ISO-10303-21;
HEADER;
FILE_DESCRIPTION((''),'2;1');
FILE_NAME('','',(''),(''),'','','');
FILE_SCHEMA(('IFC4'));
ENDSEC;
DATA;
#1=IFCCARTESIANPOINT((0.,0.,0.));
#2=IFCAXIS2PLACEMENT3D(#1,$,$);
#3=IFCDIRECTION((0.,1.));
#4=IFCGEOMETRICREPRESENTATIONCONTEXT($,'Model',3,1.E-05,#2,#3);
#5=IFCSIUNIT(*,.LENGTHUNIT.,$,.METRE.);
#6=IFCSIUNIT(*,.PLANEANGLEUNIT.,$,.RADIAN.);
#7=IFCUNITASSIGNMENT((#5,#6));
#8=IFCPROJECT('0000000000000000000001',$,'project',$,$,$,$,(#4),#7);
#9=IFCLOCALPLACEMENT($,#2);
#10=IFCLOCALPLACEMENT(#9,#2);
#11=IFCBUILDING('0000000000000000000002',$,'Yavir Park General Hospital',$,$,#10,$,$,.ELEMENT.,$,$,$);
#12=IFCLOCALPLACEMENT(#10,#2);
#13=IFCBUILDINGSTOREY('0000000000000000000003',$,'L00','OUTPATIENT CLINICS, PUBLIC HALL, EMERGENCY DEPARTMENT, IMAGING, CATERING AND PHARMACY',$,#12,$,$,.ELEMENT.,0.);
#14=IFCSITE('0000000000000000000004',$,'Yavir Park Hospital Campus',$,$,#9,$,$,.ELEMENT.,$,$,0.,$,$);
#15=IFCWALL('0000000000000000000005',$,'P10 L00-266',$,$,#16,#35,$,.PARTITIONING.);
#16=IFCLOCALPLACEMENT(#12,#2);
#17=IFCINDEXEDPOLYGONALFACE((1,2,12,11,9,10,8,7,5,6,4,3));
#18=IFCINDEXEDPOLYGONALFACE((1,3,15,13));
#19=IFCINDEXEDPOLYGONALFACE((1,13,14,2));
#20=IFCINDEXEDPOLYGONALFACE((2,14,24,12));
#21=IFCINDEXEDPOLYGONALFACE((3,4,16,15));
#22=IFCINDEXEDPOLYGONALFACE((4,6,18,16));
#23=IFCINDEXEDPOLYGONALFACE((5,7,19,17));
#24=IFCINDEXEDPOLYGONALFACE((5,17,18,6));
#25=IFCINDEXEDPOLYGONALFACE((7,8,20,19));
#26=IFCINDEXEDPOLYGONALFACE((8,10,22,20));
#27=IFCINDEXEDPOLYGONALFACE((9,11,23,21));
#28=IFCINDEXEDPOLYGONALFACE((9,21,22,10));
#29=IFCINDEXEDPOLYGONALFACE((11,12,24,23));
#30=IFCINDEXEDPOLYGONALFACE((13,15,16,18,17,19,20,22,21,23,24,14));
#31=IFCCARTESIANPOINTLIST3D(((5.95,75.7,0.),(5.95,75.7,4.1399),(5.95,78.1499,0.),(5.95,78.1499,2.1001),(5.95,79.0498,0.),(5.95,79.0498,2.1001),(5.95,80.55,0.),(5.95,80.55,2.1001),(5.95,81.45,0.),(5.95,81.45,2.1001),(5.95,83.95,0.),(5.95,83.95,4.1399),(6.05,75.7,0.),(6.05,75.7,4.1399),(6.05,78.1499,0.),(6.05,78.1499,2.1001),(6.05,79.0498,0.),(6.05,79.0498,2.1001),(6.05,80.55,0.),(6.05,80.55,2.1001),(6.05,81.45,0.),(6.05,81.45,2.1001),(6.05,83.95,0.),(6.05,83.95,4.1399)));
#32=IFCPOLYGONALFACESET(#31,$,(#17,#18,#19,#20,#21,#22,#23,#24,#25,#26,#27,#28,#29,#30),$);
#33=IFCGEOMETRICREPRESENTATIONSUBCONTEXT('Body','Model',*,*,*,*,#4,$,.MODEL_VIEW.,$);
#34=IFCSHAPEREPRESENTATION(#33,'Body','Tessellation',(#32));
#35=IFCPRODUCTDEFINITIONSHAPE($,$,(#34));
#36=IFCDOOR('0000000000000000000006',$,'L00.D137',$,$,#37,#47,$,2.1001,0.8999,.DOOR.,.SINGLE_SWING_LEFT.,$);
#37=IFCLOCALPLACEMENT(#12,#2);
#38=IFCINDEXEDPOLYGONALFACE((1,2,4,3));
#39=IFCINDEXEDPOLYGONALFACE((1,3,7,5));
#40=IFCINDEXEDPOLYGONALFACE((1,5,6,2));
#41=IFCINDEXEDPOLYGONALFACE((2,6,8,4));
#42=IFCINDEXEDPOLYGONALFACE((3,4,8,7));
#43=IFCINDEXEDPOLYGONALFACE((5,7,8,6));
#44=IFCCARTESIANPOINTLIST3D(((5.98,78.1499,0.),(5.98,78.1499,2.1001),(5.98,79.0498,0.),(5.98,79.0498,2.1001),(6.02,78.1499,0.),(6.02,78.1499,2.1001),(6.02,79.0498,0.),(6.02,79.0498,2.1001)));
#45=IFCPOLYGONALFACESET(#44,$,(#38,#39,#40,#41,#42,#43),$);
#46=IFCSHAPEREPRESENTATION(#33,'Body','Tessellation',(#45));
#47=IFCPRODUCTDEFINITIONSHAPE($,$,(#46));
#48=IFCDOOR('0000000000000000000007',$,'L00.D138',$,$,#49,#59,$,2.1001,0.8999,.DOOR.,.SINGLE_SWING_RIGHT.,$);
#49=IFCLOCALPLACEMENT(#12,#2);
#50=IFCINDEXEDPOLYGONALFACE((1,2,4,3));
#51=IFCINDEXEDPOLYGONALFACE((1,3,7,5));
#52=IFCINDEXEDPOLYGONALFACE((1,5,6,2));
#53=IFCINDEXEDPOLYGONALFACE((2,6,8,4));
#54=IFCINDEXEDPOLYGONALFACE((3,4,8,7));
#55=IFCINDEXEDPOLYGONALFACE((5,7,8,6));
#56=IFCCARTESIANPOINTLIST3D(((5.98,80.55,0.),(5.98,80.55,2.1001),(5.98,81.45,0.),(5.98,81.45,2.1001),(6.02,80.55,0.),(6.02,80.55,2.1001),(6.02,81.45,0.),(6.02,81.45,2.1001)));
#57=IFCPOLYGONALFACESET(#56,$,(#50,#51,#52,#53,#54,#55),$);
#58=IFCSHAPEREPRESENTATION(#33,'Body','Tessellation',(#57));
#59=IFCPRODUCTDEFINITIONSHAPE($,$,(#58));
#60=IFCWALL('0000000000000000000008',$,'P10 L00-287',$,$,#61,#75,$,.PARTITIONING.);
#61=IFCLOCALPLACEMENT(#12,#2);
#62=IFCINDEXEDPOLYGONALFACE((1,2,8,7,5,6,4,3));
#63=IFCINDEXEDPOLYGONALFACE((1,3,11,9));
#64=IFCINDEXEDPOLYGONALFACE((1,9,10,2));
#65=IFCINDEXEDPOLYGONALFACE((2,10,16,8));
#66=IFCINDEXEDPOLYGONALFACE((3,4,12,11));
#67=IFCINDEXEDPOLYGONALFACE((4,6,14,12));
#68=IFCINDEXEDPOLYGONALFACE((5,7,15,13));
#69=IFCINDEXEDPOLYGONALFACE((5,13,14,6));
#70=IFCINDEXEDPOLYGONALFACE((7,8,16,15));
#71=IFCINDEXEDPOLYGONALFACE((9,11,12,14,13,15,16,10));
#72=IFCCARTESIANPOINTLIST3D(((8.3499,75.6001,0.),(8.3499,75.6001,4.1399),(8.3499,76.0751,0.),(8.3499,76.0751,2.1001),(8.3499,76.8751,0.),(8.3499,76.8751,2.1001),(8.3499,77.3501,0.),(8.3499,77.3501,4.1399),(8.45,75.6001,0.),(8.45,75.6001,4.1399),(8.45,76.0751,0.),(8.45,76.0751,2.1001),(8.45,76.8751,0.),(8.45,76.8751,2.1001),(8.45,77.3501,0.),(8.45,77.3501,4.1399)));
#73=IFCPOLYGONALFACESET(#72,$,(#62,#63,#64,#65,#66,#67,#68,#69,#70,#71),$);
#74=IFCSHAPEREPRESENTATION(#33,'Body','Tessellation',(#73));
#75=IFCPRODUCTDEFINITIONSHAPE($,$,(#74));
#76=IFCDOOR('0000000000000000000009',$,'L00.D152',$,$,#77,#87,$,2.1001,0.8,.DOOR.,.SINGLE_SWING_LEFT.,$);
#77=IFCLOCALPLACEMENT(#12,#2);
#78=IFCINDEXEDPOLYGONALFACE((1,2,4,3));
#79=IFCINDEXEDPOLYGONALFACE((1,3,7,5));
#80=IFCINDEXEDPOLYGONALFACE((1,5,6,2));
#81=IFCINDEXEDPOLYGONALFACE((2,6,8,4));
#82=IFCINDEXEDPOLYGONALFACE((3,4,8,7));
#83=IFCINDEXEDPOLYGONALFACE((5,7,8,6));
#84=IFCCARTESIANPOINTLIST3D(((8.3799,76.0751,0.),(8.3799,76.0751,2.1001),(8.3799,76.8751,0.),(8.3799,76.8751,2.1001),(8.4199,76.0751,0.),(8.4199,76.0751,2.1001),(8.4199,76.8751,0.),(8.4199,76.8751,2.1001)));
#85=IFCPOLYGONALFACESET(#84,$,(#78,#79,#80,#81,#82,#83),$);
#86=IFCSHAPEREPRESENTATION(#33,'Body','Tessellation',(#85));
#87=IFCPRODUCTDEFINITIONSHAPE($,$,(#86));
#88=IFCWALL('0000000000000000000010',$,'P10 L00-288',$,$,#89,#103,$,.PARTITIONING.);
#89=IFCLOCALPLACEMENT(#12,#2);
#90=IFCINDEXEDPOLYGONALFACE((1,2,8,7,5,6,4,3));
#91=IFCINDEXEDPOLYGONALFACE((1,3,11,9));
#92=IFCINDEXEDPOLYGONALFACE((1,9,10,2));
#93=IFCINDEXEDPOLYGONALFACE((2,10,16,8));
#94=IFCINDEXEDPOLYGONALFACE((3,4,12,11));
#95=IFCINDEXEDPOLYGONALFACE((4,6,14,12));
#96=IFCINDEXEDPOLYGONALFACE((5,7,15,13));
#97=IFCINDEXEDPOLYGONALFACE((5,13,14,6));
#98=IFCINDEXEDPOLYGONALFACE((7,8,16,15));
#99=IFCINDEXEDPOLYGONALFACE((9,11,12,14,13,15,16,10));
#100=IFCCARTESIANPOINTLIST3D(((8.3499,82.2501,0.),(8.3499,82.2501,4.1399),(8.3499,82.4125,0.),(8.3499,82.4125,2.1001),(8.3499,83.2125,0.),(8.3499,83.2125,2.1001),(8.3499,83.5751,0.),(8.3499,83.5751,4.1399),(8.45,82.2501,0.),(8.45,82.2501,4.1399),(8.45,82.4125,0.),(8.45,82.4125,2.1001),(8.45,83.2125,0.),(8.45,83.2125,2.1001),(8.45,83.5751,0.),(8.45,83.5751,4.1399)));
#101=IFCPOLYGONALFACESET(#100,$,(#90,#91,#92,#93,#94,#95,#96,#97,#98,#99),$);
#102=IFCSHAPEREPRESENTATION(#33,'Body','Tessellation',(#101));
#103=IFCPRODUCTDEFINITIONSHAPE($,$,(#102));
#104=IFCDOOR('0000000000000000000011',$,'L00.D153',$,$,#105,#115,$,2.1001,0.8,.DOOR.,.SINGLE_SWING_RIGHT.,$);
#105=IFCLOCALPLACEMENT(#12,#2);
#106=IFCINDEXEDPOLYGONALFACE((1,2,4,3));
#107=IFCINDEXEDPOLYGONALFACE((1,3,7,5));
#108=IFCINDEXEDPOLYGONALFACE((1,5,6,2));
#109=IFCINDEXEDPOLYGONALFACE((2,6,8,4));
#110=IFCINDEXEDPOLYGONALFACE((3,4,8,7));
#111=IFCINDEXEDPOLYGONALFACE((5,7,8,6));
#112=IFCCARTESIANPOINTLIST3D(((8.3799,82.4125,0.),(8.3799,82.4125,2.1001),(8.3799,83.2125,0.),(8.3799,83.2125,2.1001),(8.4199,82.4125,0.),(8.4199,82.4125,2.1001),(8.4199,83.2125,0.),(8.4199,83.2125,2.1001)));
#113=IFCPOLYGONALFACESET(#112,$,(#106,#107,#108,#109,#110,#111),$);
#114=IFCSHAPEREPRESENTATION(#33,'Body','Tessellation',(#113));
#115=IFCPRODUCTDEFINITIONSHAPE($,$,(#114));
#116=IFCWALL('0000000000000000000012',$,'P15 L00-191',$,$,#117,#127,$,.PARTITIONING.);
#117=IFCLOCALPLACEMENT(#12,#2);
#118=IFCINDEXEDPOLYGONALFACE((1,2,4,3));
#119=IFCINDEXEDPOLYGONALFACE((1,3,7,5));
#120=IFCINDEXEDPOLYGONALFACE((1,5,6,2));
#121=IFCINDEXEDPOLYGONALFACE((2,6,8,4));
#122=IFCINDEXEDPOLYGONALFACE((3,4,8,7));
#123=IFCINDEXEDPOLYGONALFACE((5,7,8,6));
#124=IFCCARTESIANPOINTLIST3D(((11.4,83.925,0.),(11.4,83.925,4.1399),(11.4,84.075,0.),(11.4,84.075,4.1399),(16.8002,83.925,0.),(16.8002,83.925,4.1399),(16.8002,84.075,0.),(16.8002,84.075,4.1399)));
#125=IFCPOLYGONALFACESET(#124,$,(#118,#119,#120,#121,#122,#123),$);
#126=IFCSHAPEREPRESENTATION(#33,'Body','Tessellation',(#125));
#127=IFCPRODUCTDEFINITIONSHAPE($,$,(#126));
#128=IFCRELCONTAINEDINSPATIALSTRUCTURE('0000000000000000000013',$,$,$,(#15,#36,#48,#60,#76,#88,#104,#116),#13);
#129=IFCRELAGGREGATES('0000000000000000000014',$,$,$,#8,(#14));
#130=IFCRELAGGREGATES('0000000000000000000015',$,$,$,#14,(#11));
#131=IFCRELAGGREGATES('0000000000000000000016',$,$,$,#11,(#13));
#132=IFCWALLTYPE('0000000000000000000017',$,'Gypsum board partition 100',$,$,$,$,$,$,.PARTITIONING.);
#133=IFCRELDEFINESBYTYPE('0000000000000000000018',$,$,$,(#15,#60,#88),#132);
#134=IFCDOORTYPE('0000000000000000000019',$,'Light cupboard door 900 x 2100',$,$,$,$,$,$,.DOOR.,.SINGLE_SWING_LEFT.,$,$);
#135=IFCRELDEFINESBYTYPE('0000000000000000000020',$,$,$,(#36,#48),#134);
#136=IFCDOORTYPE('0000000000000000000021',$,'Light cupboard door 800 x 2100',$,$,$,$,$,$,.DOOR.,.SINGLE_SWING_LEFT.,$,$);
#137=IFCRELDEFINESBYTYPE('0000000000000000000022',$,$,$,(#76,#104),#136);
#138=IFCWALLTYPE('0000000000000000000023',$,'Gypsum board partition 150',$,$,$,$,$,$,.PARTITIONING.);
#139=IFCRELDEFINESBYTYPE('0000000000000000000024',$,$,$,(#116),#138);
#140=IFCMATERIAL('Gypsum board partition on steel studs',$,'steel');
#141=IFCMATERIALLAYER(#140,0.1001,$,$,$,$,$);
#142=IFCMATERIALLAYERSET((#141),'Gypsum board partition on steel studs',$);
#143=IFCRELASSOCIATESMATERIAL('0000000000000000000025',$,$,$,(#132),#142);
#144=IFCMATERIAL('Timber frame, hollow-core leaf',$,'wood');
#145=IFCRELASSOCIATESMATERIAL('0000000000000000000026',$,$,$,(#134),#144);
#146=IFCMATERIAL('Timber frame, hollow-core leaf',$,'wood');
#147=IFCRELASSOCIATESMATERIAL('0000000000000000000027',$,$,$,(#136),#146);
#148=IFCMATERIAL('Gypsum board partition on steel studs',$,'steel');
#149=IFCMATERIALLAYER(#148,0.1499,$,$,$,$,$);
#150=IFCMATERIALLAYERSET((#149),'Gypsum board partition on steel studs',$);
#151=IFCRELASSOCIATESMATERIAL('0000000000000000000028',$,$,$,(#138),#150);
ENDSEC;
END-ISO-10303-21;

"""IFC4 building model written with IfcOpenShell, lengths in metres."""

from ifc_helpers import new_model, si_unit, direction, frame, frame_2d, origin, place, context, subcontext, project, spatial, rectangle, extrude, material, layer, layer_set, type_object, element, fill, save


model = new_model("IFC4")

# Units and contexts
model_context = context("Model", 3, precision=1e-05, world=origin(), true_north=direction((0.0, 1.0)))
body_context = subcontext(model_context, "Body", "Model", "MODEL_VIEW")
ifc_project = project(units=[si_unit("LENGTHUNIT", "METRE"), si_unit("PLANEANGLEUNIT", "RADIAN")], contexts=[model_context])

# Site, building, storey
site_placement = place(None, origin())
site = spatial("IfcSite", under=ifc_project, at=site_placement, Name="Yavir Park Hospital Campus", CompositionType="ELEMENT", RefElevation=0.0)
building_placement = place(site_placement, origin())
building = spatial("IfcBuilding", under=site, at=building_placement, Name="Yavir Park General Hospital", CompositionType="ELEMENT")
storey_placement = place(building_placement, origin())
storey = spatial("IfcBuildingStorey", under=building, at=storey_placement, Name="L00", Description="OUTPATIENT CLINICS, PUBLIC HALL, EMERGENCY DEPARTMENT, IMAGING, CATERING AND PHARMACY", CompositionType="ELEMENT", Elevation=0.0)

# Shared definitions
ifc_material_1 = material(Name="Gypsum board partition on steel studs", Category="steel")
ifc_layer_1 = layer(ifc_material_1, 0.1001)
ifc_layer_set_1 = layer_set([ifc_layer_1], Name="Gypsum board partition on steel studs")
wall_type_1 = type_object("IfcWallType", Name="Gypsum board partition 100", PredefinedType="PARTITIONING", material=ifc_layer_set_1)

# Wall, openings, doors
wall_1_placement = place(storey_placement, frame((6.0, 75.7, 0.0), z_axis=(0.0, 0.0, 1.0), x_axis=(0.0, 1.0, 0.0)))
wall_1 = element("IfcWall", 1, at=wall_1_placement, inside=storey, type_object=wall_type_1, Name="P10 L00-266", PredefinedType="PARTITIONING", context=body_context, shape_type="SweptSolid", body=[
    extrude(rectangle(XDim=8.25, YDim=0.1001, at=frame_2d((4.125, 0.0))), origin(), (0.0, 0.0, 1.0), 4.1399),
])
opening_1_placement = place(wall_1_placement, frame((2.45, 0.0, 0.0)))
opening_1 = element("IfcOpeningElement", 2, at=opening_1_placement, cuts=wall_1, PredefinedType="OPENING", context=body_context, shape_type="SweptSolid", body=[
    extrude(rectangle(XDim=0.8999, YDim=2.1001, at=frame_2d((0.45, 1.05))), frame((0.0, 0.0601, 0.0), z_axis=(0.0, -1.0, 0.0), x_axis=(1.0, 0.0, 0.0)), (0.0, 0.0, 1.0), 0.1201),
])
opening_2_placement = place(wall_1_placement, frame((4.8501, 0.0, 0.0)))
opening_2 = element("IfcOpeningElement", 3, at=opening_2_placement, cuts=wall_1, PredefinedType="OPENING", context=body_context, shape_type="SweptSolid", body=[
    extrude(rectangle(XDim=0.8999, YDim=2.1001, at=frame_2d((0.45, 1.05))), frame((0.0, 0.0601, 0.0), z_axis=(0.0, -1.0, 0.0), x_axis=(1.0, 0.0, 0.0)), (0.0, 0.0, 1.0), 0.1201),
])
ifc_material_2 = material(Name="Timber frame, hollow-core leaf", Category="wood")
door_type_1 = type_object("IfcDoorType", Name="Light cupboard door 900 x 2100", OperationType="SINGLE_SWING_LEFT", PredefinedType="DOOR", material=ifc_material_2)
door_1_placement = place(opening_1_placement, origin())
door_1 = element("IfcDoor", 4, at=door_1_placement, inside=storey, type_object=door_type_1, Name="L00.D137", OperationType="SINGLE_SWING_LEFT", OverallHeight=2.1001, OverallWidth=0.8999, PredefinedType="DOOR", context=body_context, shape_type="SweptSolid", body=[
    extrude(rectangle(XDim=0.8999, YDim=2.1001, at=frame_2d((0.45, 1.05))), frame((0.0, 0.02, 0.0), z_axis=(0.0, -1.0, 0.0), x_axis=(1.0, 0.0, 0.0)), (0.0, 0.0, 1.0), 0.04),
])
fill(opening_1, door_1)
door_2_placement = place(opening_2_placement, origin())
door_2 = element("IfcDoor", 5, at=door_2_placement, inside=storey, type_object=door_type_1, Name="L00.D138", OperationType="SINGLE_SWING_RIGHT", OverallHeight=2.1001, OverallWidth=0.8999, PredefinedType="DOOR", context=body_context, shape_type="SweptSolid", body=[
    extrude(rectangle(XDim=0.8999, YDim=2.1001, at=frame_2d((0.45, 1.05))), frame((0.0, 0.02, 0.0), z_axis=(0.0, -1.0, 0.0), x_axis=(1.0, 0.0, 0.0)), (0.0, 0.0, 1.0), 0.04),
])
fill(opening_2, door_2)

# Walls, openings, doors
wall_2_placement = place(storey_placement, frame((8.3999, 75.6001, 0.0), z_axis=(0.0, 0.0, 1.0), x_axis=(0.0, 1.0, 0.0)))
wall_2 = element("IfcWall", 6, at=wall_2_placement, inside=storey, type_object=wall_type_1, Name="P10 L00-287", PredefinedType="PARTITIONING", context=body_context, shape_type="SweptSolid", body=[
    extrude(rectangle(XDim=1.75, YDim=0.1001, at=frame_2d((0.875, 0.0))), origin(), (0.0, 0.0, 1.0), 4.1399),
])
opening_3_placement = place(wall_2_placement, frame((0.4751, 0.0, 0.0)))
opening_3 = element("IfcOpeningElement", 7, at=opening_3_placement, cuts=wall_2, PredefinedType="OPENING", context=body_context, shape_type="SweptSolid", body=[
    extrude(rectangle(XDim=0.8, YDim=2.1001, at=frame_2d((0.3999, 1.05))), frame((0.0, 0.0601, 0.0), z_axis=(0.0, -1.0, 0.0), x_axis=(1.0, 0.0, 0.0)), (0.0, 0.0, 1.0), 0.1201),
])
ifc_material_3 = material(Name="Timber frame, hollow-core leaf", Category="wood")
door_type_2 = type_object("IfcDoorType", Name="Light cupboard door 800 x 2100", OperationType="SINGLE_SWING_LEFT", PredefinedType="DOOR", material=ifc_material_3)
door_3_placement = place(opening_3_placement, origin())
door_3 = element("IfcDoor", 8, at=door_3_placement, inside=storey, type_object=door_type_2, Name="L00.D152", OperationType="SINGLE_SWING_LEFT", OverallHeight=2.1001, OverallWidth=0.8, PredefinedType="DOOR", context=body_context, shape_type="SweptSolid", body=[
    extrude(rectangle(XDim=0.8, YDim=2.1001, at=frame_2d((0.3999, 1.05))), frame((0.0, 0.02, 0.0), z_axis=(0.0, -1.0, 0.0), x_axis=(1.0, 0.0, 0.0)), (0.0, 0.0, 1.0), 0.04),
])
fill(opening_3, door_3)
wall_3_placement = place(storey_placement, frame((8.3999, 82.25, 0.0), z_axis=(0.0, 0.0, 1.0), x_axis=(0.0, 1.0, 0.0)))
wall_3 = element("IfcWall", 9, at=wall_3_placement, inside=storey, type_object=wall_type_1, Name="P10 L00-288", PredefinedType="PARTITIONING", context=body_context, shape_type="SweptSolid", body=[
    extrude(rectangle(XDim=1.325, YDim=0.1001, at=frame_2d((0.6626, 0.0))), origin(), (0.0, 0.0, 1.0), 4.1399),
])
opening_4_placement = place(wall_3_placement, frame((0.1626, 0.0, 0.0)))
opening_4 = element("IfcOpeningElement", 10, at=opening_4_placement, cuts=wall_3, PredefinedType="OPENING", context=body_context, shape_type="SweptSolid", body=[
    extrude(rectangle(XDim=0.8, YDim=2.1001, at=frame_2d((0.3999, 1.05))), frame((0.0, 0.0601, 0.0), z_axis=(0.0, -1.0, 0.0), x_axis=(1.0, 0.0, 0.0)), (0.0, 0.0, 1.0), 0.1201),
])
door_4_placement = place(opening_4_placement, origin())
door_4 = element("IfcDoor", 11, at=door_4_placement, inside=storey, type_object=door_type_2, Name="L00.D153", OperationType="SINGLE_SWING_RIGHT", OverallHeight=2.1001, OverallWidth=0.8, PredefinedType="DOOR", context=body_context, shape_type="SweptSolid", body=[
    extrude(rectangle(XDim=0.8, YDim=2.1001, at=frame_2d((0.3999, 1.05))), frame((0.0, 0.02, 0.0), z_axis=(0.0, -1.0, 0.0), x_axis=(1.0, 0.0, 0.0)), (0.0, 0.0, 1.0), 0.04),
])
fill(opening_4, door_4)

# Wall
ifc_material_4 = material(Name="Gypsum board partition on steel studs", Category="steel")
ifc_layer_2 = layer(ifc_material_4, 0.1499)
ifc_layer_set_2 = layer_set([ifc_layer_2], Name="Gypsum board partition on steel studs")
wall_type_2 = type_object("IfcWallType", Name="Gypsum board partition 150", PredefinedType="PARTITIONING", material=ifc_layer_set_2)
wall_4_placement = place(storey_placement, frame((11.3999, 84.0, 0.0), z_axis=(0.0, 0.0, 1.0), x_axis=(1.0, 0.0, 0.0)))
element("IfcWall", 12, at=wall_4_placement, inside=storey, type_object=wall_type_2, Name="P15 L00-191", PredefinedType="PARTITIONING", context=body_context, shape_type="SweptSolid", body=[
    extrude(rectangle(XDim=5.4001, YDim=0.1499, at=frame_2d((2.7002, 0.0))), origin(), (0.0, 0.0, 1.0), 4.1399),
])

save(model, "model.ifc")
